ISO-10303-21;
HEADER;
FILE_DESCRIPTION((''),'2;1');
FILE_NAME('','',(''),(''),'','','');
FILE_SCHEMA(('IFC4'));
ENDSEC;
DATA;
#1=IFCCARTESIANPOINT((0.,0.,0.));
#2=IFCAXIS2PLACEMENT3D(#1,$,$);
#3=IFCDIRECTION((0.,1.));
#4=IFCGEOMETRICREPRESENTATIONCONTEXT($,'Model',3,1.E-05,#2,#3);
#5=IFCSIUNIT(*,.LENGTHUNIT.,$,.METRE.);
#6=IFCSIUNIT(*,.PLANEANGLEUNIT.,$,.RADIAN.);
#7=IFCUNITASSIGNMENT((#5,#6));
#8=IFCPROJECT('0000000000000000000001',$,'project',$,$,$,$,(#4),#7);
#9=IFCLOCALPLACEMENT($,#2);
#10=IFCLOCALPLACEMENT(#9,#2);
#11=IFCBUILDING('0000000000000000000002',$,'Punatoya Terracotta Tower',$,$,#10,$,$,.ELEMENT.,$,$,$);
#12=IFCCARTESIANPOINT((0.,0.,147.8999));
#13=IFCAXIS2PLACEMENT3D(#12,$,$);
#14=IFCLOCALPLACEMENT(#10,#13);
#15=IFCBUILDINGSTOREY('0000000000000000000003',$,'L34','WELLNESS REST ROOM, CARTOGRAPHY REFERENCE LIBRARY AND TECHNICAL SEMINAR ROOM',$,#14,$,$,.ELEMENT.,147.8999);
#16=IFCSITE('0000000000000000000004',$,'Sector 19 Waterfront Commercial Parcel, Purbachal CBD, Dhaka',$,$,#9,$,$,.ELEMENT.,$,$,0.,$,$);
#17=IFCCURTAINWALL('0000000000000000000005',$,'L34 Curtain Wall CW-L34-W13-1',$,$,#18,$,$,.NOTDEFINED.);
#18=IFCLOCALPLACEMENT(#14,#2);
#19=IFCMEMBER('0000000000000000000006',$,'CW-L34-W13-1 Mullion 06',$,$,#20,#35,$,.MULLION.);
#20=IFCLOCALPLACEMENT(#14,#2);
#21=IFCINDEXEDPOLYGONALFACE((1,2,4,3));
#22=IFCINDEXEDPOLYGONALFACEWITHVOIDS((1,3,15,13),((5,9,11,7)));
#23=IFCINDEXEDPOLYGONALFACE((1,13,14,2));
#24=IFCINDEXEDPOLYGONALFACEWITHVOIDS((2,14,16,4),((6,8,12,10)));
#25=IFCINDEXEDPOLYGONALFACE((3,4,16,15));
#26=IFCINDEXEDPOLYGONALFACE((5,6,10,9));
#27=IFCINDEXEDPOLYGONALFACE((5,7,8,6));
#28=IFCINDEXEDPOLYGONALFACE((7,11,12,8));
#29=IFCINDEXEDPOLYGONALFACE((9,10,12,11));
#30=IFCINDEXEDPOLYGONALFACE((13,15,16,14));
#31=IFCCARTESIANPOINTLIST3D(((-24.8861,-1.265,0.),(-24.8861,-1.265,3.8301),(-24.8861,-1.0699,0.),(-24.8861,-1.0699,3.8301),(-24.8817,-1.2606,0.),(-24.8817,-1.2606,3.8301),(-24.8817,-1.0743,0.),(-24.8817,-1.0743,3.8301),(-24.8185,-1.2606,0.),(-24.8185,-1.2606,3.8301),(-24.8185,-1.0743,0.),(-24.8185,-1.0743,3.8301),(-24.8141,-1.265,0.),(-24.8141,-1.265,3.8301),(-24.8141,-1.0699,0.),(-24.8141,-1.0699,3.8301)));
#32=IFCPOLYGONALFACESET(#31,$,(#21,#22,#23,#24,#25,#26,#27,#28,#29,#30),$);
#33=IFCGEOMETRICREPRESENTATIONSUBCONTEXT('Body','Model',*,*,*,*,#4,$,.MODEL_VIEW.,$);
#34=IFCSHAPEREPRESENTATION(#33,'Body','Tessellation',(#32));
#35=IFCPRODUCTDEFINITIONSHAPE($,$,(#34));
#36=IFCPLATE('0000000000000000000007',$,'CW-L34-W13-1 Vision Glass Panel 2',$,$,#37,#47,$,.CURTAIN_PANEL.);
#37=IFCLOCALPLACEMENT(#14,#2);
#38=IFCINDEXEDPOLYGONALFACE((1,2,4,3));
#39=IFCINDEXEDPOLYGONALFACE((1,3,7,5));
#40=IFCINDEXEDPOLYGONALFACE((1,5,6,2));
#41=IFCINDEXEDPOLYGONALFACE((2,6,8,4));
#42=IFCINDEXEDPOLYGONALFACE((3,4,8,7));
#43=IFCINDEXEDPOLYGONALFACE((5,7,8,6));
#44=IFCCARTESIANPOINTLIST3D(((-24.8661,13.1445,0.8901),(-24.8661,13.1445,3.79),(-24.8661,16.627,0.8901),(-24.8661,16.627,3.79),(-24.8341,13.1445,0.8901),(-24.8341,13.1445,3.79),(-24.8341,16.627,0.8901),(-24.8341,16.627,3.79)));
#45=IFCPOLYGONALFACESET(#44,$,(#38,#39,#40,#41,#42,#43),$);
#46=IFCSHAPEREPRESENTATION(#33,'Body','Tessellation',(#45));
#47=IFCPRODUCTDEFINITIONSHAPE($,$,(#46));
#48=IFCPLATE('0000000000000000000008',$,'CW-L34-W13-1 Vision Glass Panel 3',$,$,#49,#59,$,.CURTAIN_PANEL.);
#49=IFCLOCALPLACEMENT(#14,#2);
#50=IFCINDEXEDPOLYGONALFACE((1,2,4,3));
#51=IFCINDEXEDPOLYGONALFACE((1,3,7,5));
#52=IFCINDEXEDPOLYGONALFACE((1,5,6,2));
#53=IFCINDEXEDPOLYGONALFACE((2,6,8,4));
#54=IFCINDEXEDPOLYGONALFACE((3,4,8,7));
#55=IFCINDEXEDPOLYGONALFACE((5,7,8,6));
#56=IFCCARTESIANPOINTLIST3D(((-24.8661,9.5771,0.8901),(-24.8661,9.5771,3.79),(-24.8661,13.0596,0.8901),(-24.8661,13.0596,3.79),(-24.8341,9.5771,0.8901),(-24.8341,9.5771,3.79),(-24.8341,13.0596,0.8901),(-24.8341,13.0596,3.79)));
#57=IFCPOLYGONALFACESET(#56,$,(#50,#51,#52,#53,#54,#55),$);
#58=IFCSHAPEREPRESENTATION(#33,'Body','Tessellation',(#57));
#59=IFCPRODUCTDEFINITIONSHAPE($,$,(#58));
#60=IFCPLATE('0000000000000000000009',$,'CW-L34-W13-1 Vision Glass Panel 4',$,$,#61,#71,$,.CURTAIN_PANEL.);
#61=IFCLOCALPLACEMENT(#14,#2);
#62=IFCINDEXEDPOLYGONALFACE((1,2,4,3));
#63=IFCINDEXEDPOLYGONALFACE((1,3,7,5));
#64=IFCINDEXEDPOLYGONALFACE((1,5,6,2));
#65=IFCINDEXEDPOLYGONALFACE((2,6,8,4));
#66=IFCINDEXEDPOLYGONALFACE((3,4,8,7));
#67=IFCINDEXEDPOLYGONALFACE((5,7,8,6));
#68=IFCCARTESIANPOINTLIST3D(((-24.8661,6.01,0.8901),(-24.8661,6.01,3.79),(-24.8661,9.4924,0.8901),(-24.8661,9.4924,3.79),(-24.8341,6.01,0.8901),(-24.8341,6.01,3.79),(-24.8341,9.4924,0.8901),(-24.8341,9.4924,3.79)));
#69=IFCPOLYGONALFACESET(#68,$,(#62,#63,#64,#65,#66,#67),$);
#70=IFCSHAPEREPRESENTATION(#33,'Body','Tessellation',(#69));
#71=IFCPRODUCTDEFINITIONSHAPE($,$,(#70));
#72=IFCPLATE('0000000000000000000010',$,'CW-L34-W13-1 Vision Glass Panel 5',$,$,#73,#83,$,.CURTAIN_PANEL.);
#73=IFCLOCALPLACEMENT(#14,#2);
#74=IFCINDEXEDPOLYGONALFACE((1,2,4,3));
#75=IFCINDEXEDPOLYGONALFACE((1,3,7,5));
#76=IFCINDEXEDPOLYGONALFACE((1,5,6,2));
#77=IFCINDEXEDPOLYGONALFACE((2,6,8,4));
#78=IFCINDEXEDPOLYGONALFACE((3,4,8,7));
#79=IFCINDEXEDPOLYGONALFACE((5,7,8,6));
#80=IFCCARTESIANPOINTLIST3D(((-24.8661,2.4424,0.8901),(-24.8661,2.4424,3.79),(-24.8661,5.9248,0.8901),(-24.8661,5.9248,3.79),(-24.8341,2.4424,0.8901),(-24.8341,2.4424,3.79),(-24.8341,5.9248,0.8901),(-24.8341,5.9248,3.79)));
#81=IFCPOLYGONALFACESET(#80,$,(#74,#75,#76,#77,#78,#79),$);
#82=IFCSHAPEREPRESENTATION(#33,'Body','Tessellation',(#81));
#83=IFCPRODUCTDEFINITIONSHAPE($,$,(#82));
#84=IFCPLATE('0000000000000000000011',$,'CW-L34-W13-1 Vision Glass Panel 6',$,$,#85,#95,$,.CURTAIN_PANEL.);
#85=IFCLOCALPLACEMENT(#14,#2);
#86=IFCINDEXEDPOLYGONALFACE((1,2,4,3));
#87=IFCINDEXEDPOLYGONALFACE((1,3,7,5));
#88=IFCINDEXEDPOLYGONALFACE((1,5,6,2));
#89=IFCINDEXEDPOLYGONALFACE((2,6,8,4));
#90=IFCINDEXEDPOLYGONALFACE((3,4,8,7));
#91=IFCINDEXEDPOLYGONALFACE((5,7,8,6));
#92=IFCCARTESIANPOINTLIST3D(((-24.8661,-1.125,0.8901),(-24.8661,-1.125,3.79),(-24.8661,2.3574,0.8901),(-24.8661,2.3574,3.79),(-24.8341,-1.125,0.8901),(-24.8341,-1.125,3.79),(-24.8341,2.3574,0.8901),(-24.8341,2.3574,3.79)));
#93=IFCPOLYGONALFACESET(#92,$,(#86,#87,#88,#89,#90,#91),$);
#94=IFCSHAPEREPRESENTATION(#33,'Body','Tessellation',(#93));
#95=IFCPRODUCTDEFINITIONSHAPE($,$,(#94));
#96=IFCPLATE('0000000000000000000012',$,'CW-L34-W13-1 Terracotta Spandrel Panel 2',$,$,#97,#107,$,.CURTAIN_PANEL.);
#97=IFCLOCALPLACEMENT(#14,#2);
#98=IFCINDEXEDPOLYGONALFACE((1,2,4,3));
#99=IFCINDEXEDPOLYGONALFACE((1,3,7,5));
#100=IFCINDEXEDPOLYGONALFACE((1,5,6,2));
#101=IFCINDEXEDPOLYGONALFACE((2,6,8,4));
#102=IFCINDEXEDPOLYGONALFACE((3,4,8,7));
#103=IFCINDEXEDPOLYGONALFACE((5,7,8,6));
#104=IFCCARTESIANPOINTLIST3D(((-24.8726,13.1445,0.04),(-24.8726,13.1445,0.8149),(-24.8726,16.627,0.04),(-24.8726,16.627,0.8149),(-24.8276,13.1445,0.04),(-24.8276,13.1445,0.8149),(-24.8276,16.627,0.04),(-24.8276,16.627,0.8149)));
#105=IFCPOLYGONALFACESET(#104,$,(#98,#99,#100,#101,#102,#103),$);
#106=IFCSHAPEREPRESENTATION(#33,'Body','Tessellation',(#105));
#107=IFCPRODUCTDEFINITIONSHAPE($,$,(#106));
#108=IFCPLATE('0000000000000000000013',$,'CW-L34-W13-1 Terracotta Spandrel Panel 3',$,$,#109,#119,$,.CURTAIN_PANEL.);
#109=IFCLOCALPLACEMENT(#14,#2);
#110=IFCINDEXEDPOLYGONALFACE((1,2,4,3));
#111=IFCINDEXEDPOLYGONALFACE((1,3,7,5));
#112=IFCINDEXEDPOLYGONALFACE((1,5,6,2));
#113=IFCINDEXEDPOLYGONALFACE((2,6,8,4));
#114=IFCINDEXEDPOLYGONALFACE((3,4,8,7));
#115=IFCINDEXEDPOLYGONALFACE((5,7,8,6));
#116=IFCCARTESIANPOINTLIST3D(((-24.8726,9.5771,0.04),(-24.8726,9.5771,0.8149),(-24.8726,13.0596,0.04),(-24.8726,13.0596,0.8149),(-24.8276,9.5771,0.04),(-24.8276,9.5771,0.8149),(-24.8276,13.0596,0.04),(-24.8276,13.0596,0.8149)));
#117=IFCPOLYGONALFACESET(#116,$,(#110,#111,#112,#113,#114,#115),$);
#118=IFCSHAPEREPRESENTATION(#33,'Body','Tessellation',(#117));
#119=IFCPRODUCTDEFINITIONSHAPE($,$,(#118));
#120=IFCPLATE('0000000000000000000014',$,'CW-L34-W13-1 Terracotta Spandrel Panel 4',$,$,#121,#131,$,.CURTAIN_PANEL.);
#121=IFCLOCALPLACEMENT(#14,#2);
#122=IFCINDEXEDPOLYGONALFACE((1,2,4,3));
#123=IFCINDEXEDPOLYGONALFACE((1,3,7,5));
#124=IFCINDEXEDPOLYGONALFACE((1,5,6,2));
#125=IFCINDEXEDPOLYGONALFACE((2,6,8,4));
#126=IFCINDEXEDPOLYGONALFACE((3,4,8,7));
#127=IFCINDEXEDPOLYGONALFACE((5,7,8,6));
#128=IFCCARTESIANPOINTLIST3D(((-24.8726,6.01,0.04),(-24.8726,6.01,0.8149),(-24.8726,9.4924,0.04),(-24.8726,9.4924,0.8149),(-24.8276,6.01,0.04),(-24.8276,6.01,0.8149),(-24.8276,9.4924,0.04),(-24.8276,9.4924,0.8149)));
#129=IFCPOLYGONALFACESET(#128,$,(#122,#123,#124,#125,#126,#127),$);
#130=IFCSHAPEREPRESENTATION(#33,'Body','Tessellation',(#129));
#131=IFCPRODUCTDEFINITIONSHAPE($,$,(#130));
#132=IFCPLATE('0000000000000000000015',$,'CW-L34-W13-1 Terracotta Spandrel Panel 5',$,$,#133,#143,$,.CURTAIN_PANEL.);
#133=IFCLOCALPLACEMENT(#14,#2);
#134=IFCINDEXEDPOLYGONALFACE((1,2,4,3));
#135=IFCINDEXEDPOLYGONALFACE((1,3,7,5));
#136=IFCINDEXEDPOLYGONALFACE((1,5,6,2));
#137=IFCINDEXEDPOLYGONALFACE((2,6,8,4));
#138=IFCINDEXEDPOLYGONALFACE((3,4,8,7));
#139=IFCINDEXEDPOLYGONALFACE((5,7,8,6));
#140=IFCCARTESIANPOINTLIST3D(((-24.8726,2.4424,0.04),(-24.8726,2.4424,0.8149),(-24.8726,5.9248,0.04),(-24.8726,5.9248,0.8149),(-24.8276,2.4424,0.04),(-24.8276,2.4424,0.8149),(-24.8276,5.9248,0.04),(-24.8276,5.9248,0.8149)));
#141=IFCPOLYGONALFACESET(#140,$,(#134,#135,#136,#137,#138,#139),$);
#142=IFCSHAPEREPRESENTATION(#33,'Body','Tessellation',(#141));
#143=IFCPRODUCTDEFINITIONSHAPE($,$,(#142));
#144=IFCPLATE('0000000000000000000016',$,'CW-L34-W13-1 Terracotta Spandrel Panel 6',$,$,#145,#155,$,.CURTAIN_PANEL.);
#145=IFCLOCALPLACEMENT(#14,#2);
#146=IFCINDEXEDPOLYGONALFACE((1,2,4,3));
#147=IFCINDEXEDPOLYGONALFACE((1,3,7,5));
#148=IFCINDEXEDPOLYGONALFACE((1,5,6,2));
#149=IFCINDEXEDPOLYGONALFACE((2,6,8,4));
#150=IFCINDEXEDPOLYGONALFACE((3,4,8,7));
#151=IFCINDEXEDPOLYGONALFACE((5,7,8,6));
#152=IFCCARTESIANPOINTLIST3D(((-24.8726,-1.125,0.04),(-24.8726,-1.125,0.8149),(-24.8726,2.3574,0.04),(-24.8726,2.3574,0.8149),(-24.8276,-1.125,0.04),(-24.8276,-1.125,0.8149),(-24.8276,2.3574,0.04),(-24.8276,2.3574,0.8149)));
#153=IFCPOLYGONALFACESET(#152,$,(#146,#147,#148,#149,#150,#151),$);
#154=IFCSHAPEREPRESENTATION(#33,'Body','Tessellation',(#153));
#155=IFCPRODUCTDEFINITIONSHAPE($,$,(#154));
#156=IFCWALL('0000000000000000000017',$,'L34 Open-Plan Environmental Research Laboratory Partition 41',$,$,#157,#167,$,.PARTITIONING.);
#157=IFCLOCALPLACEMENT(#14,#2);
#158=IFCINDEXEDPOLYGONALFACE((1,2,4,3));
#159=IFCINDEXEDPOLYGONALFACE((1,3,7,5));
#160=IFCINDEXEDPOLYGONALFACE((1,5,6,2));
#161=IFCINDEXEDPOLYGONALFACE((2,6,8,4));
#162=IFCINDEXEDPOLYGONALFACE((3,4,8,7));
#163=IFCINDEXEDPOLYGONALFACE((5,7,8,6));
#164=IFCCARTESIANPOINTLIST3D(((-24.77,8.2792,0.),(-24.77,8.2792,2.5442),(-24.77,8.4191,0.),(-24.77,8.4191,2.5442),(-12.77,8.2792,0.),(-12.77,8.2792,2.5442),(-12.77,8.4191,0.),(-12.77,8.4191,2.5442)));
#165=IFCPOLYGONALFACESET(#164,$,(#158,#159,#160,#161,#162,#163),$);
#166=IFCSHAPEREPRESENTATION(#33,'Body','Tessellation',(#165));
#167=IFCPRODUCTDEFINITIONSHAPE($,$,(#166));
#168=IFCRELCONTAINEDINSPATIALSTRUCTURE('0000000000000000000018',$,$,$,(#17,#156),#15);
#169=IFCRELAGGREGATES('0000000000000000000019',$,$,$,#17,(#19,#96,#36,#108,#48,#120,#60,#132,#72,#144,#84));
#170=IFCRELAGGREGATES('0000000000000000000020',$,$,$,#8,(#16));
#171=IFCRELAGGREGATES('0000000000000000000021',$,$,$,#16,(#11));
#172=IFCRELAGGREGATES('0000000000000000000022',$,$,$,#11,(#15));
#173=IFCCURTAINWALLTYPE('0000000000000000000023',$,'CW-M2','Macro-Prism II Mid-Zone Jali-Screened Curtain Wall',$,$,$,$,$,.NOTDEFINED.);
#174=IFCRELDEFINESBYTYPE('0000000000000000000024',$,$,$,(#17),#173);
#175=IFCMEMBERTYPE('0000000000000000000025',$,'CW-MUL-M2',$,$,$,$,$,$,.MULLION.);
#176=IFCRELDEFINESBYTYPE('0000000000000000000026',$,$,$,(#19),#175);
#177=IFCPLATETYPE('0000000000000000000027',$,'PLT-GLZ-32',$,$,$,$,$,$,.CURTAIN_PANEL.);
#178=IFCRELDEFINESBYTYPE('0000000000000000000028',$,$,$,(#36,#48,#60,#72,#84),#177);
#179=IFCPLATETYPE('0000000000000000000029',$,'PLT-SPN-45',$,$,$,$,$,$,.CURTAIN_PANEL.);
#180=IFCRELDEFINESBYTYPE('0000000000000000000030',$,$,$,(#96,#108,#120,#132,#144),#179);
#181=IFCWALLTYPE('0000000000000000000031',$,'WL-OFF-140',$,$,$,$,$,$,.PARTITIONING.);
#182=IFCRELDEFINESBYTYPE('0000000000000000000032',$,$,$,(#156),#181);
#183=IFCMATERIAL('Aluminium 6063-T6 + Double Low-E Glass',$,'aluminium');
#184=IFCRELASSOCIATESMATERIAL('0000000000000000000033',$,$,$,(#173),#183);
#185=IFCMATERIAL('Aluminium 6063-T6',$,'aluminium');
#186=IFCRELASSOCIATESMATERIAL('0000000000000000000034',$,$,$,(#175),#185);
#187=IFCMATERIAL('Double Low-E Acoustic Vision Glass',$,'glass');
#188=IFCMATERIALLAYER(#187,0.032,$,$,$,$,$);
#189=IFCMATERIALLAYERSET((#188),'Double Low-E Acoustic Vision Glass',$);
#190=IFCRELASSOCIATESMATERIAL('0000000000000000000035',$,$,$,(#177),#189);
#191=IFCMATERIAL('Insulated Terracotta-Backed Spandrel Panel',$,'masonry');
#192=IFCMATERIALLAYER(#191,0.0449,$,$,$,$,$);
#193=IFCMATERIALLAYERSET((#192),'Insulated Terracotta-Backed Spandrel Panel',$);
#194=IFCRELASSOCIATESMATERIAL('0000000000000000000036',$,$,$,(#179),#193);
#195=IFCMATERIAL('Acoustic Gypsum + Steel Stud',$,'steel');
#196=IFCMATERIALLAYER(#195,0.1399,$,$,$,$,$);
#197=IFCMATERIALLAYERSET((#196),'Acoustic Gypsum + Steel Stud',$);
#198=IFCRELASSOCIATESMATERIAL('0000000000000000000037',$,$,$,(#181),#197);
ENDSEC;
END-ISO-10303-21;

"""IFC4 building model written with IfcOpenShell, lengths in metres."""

from ifc_helpers import new_model, si_unit, direction, frame, frame_2d, origin, origin_2d, place, context, subcontext, project, spatial, rectangle, hollow_rectangle, extrude, material, layer, layer_set, material_profile, profile_set, type_object, element, aggregate, save


model = new_model("IFC4")

# Units and contexts
model_context = context("Model", 3, precision=1e-05, world=origin(), true_north=direction((0.0, 1.0)))
body_context = subcontext(model_context, "Body", "Model", "MODEL_VIEW")
ifc_project = project(units=[si_unit("LENGTHUNIT", "METRE"), si_unit("PLANEANGLEUNIT", "RADIAN")], contexts=[model_context])

# Site, building, storey
site_placement = place(None, origin())
site = spatial("IfcSite", under=ifc_project, at=site_placement, Name="Sector 19 Waterfront Commercial Parcel, Purbachal CBD, Dhaka", CompositionType="ELEMENT", RefElevation=0.0)
building_placement = place(site_placement, origin())
building = spatial("IfcBuilding", under=site, at=building_placement, Name="Punatoya Terracotta Tower", CompositionType="ELEMENT")
storey_placement = place(building_placement, frame((0.0, 0.0, 147.8999)))
storey = spatial("IfcBuildingStorey", under=building, at=storey_placement, Name="L34", Description="WELLNESS REST ROOM, CARTOGRAPHY REFERENCE LIBRARY AND TECHNICAL SEMINAR ROOM", CompositionType="ELEMENT", Elevation=147.8999)

# Curtain wall, member, plates
ifc_material_1 = material(Name="Aluminium 6063-T6 + Double Low-E Glass", Category="aluminium")
curtain_wall_type = type_object("IfcCurtainWallType", Name="CW-M2", Description="Macro-Prism II Mid-Zone Jali-Screened Curtain Wall", PredefinedType="NOTDEFINED", material=ifc_material_1)
curtain_wall_placement = place(storey_placement, origin())
curtain_wall = element("IfcCurtainWall", 1, at=curtain_wall_placement, inside=storey, type_object=curtain_wall_type, Name="L34 Curtain Wall CW-L34-W13-1", PredefinedType="NOTDEFINED")
ifc_material_2 = material(Name="Aluminium 6063-T6", Category="aluminium")
ifc_material_profile_1 = material_profile(ifc_material_2, hollow_rectangle(XDim=0.072, YDim=0.1951, WallThickness=0.0044, at=origin_2d()))
ifc_profile_set_1 = profile_set([ifc_material_profile_1], Name="Aluminium 6063-T6")
member_type = type_object("IfcMemberType", Name="CW-MUL-M2", PredefinedType="MULLION", material=ifc_profile_set_1)
member_1_placement = place(storey_placement, frame((-24.8501, -1.1675, 0.0), z_axis=(0.0, 0.0, 1.0), x_axis=(1.0, 0.0, 0.0)))
member_1 = element("IfcMember", 2, at=member_1_placement, type_object=member_type, Name="CW-L34-W13-1 Mullion 06", PredefinedType="MULLION", context=body_context, shape_type="SweptSolid", body=[
    extrude(hollow_rectangle(XDim=0.072, YDim=0.1951, WallThickness=0.0044, at=origin_2d()), origin(), (0.0, 0.0, 1.0), 3.8301),
])
ifc_material_3 = material(Name="Double Low-E Acoustic Vision Glass", Category="glass")
ifc_layer_1 = layer(ifc_material_3, 0.032)
ifc_layer_set_1 = layer_set([ifc_layer_1], Name="Double Low-E Acoustic Vision Glass")
plate_type_1 = type_object("IfcPlateType", Name="PLT-GLZ-32", PredefinedType="CURTAIN_PANEL", material=ifc_layer_set_1)
plate_1_placement = place(storey_placement, frame((-24.8501, 14.8857, 0.8901), z_axis=(0.0, 0.0, 1.0), x_axis=(0.0, -1.0, 0.0)))
plate_1 = element("IfcPlate", 3, at=plate_1_placement, type_object=plate_type_1, Name="CW-L34-W13-1 Vision Glass Panel 2", PredefinedType="CURTAIN_PANEL", context=body_context, shape_type="SweptSolid", body=[
    extrude(rectangle(XDim=3.4824, YDim=0.032, at=origin_2d()), origin(), (0.0, 0.0, 1.0), 2.8999),
])
plate_2_placement = place(storey_placement, frame((-24.8501, 11.3184, 0.8901), z_axis=(0.0, 0.0, 1.0), x_axis=(0.0, -1.0, 0.0)))
plate_2 = element("IfcPlate", 4, at=plate_2_placement, type_object=plate_type_1, Name="CW-L34-W13-1 Vision Glass Panel 3", PredefinedType="CURTAIN_PANEL", context=body_context, shape_type="SweptSolid", body=[
    extrude(rectangle(XDim=3.4824, YDim=0.032, at=origin_2d()), origin(), (0.0, 0.0, 1.0), 2.8999),
])
plate_3_placement = place(storey_placement, frame((-24.8501, 7.7512, 0.8901), z_axis=(0.0, 0.0, 1.0), x_axis=(0.0, -1.0, 0.0)))
plate_3 = element("IfcPlate", 5, at=plate_3_placement, type_object=plate_type_1, Name="CW-L34-W13-1 Vision Glass Panel 4", PredefinedType="CURTAIN_PANEL", context=body_context, shape_type="SweptSolid", body=[
    extrude(rectangle(XDim=3.4824, YDim=0.032, at=origin_2d()), origin(), (0.0, 0.0, 1.0), 2.8999),
])
plate_4_placement = place(storey_placement, frame((-24.8501, 4.1836, 0.8901), z_axis=(0.0, 0.0, 1.0), x_axis=(0.0, -1.0, 0.0)))
plate_4 = element("IfcPlate", 6, at=plate_4_placement, type_object=plate_type_1, Name="CW-L34-W13-1 Vision Glass Panel 5", PredefinedType="CURTAIN_PANEL", context=body_context, shape_type="SweptSolid", body=[
    extrude(rectangle(XDim=3.4824, YDim=0.032, at=origin_2d()), origin(), (0.0, 0.0, 1.0), 2.8999),
])
plate_5_placement = place(storey_placement, frame((-24.8501, 0.6162, 0.8901), z_axis=(0.0, 0.0, 1.0), x_axis=(0.0, -1.0, 0.0)))
plate_5 = element("IfcPlate", 7, at=plate_5_placement, type_object=plate_type_1, Name="CW-L34-W13-1 Vision Glass Panel 6", PredefinedType="CURTAIN_PANEL", context=body_context, shape_type="SweptSolid", body=[
    extrude(rectangle(XDim=3.4824, YDim=0.032, at=origin_2d()), origin(), (0.0, 0.0, 1.0), 2.8999),
])
ifc_material_4 = material(Name="Insulated Terracotta-Backed Spandrel Panel", Category="masonry")
ifc_layer_2 = layer(ifc_material_4, 0.0449)
ifc_layer_set_2 = layer_set([ifc_layer_2], Name="Insulated Terracotta-Backed Spandrel Panel")
plate_type_2 = type_object("IfcPlateType", Name="PLT-SPN-45", PredefinedType="CURTAIN_PANEL", material=ifc_layer_set_2)
plate_6_placement = place(storey_placement, frame((-24.8501, 14.8857, 0.04), z_axis=(0.0, 0.0, 1.0), x_axis=(0.0, -1.0, 0.0)))
plate_6 = element("IfcPlate", 8, at=plate_6_placement, type_object=plate_type_2, Name="CW-L34-W13-1 Terracotta Spandrel Panel 2", PredefinedType="CURTAIN_PANEL", context=body_context, shape_type="SweptSolid", body=[
    extrude(rectangle(XDim=3.4824, YDim=0.0449, at=origin_2d()), origin(), (0.0, 0.0, 1.0), 0.7749),
])
plate_7_placement = place(storey_placement, frame((-24.8501, 11.3184, 0.04), z_axis=(0.0, 0.0, 1.0), x_axis=(0.0, -1.0, 0.0)))
plate_7 = element("IfcPlate", 9, at=plate_7_placement, type_object=plate_type_2, Name="CW-L34-W13-1 Terracotta Spandrel Panel 3", PredefinedType="CURTAIN_PANEL", context=body_context, shape_type="SweptSolid", body=[
    extrude(rectangle(XDim=3.4824, YDim=0.0449, at=origin_2d()), origin(), (0.0, 0.0, 1.0), 0.7749),
])
plate_8_placement = place(storey_placement, frame((-24.8501, 7.7512, 0.04), z_axis=(0.0, 0.0, 1.0), x_axis=(0.0, -1.0, 0.0)))
plate_8 = element("IfcPlate", 10, at=plate_8_placement, type_object=plate_type_2, Name="CW-L34-W13-1 Terracotta Spandrel Panel 4", PredefinedType="CURTAIN_PANEL", context=body_context, shape_type="SweptSolid", body=[
    extrude(rectangle(XDim=3.4824, YDim=0.0449, at=origin_2d()), origin(), (0.0, 0.0, 1.0), 0.7749),
])
plate_9_placement = place(storey_placement, frame((-24.8501, 4.1836, 0.04), z_axis=(0.0, 0.0, 1.0), x_axis=(0.0, -1.0, 0.0)))
plate_9 = element("IfcPlate", 11, at=plate_9_placement, type_object=plate_type_2, Name="CW-L34-W13-1 Terracotta Spandrel Panel 5", PredefinedType="CURTAIN_PANEL", context=body_context, shape_type="SweptSolid", body=[
    extrude(rectangle(XDim=3.4824, YDim=0.0449, at=origin_2d()), origin(), (0.0, 0.0, 1.0), 0.7749),
])
plate_10_placement = place(storey_placement, frame((-24.8501, 0.6162, 0.04), z_axis=(0.0, 0.0, 1.0), x_axis=(0.0, -1.0, 0.0)))
plate_10 = element("IfcPlate", 12, at=plate_10_placement, type_object=plate_type_2, Name="CW-L34-W13-1 Terracotta Spandrel Panel 6", PredefinedType="CURTAIN_PANEL", context=body_context, shape_type="SweptSolid", body=[
    extrude(rectangle(XDim=3.4824, YDim=0.0449, at=origin_2d()), origin(), (0.0, 0.0, 1.0), 0.7749),
])
aggregate(curtain_wall, [member_1, plate_6, plate_1, plate_7, plate_2, plate_8, plate_3, plate_9, plate_4, plate_10, plate_5])

# Wall
ifc_material_5 = material(Name="Acoustic Gypsum + Steel Stud", Category="steel")
ifc_layer_3 = layer(ifc_material_5, 0.1399)
ifc_layer_set_3 = layer_set([ifc_layer_3], Name="Acoustic Gypsum + Steel Stud")
wall_type = type_object("IfcWallType", Name="WL-OFF-140", PredefinedType="PARTITIONING", material=ifc_layer_set_3)
wall_placement = place(storey_placement, frame((-24.77, 8.3491, 0.0), z_axis=(0.0, 0.0, 1.0), x_axis=(1.0, 0.0, 0.0)))
element("IfcWall", 13, at=wall_placement, inside=storey, type_object=wall_type, Name="L34 Open-Plan Environmental Research Laboratory Partition 41", PredefinedType="PARTITIONING", context=body_context, shape_type="SweptSolid", body=[
    extrude(rectangle(XDim=12.0, YDim=0.1399, at=frame_2d((6.0, 0.0))), origin(), (0.0, 0.0, 1.0), 2.5442),
])

save(model, "model.ifc")
